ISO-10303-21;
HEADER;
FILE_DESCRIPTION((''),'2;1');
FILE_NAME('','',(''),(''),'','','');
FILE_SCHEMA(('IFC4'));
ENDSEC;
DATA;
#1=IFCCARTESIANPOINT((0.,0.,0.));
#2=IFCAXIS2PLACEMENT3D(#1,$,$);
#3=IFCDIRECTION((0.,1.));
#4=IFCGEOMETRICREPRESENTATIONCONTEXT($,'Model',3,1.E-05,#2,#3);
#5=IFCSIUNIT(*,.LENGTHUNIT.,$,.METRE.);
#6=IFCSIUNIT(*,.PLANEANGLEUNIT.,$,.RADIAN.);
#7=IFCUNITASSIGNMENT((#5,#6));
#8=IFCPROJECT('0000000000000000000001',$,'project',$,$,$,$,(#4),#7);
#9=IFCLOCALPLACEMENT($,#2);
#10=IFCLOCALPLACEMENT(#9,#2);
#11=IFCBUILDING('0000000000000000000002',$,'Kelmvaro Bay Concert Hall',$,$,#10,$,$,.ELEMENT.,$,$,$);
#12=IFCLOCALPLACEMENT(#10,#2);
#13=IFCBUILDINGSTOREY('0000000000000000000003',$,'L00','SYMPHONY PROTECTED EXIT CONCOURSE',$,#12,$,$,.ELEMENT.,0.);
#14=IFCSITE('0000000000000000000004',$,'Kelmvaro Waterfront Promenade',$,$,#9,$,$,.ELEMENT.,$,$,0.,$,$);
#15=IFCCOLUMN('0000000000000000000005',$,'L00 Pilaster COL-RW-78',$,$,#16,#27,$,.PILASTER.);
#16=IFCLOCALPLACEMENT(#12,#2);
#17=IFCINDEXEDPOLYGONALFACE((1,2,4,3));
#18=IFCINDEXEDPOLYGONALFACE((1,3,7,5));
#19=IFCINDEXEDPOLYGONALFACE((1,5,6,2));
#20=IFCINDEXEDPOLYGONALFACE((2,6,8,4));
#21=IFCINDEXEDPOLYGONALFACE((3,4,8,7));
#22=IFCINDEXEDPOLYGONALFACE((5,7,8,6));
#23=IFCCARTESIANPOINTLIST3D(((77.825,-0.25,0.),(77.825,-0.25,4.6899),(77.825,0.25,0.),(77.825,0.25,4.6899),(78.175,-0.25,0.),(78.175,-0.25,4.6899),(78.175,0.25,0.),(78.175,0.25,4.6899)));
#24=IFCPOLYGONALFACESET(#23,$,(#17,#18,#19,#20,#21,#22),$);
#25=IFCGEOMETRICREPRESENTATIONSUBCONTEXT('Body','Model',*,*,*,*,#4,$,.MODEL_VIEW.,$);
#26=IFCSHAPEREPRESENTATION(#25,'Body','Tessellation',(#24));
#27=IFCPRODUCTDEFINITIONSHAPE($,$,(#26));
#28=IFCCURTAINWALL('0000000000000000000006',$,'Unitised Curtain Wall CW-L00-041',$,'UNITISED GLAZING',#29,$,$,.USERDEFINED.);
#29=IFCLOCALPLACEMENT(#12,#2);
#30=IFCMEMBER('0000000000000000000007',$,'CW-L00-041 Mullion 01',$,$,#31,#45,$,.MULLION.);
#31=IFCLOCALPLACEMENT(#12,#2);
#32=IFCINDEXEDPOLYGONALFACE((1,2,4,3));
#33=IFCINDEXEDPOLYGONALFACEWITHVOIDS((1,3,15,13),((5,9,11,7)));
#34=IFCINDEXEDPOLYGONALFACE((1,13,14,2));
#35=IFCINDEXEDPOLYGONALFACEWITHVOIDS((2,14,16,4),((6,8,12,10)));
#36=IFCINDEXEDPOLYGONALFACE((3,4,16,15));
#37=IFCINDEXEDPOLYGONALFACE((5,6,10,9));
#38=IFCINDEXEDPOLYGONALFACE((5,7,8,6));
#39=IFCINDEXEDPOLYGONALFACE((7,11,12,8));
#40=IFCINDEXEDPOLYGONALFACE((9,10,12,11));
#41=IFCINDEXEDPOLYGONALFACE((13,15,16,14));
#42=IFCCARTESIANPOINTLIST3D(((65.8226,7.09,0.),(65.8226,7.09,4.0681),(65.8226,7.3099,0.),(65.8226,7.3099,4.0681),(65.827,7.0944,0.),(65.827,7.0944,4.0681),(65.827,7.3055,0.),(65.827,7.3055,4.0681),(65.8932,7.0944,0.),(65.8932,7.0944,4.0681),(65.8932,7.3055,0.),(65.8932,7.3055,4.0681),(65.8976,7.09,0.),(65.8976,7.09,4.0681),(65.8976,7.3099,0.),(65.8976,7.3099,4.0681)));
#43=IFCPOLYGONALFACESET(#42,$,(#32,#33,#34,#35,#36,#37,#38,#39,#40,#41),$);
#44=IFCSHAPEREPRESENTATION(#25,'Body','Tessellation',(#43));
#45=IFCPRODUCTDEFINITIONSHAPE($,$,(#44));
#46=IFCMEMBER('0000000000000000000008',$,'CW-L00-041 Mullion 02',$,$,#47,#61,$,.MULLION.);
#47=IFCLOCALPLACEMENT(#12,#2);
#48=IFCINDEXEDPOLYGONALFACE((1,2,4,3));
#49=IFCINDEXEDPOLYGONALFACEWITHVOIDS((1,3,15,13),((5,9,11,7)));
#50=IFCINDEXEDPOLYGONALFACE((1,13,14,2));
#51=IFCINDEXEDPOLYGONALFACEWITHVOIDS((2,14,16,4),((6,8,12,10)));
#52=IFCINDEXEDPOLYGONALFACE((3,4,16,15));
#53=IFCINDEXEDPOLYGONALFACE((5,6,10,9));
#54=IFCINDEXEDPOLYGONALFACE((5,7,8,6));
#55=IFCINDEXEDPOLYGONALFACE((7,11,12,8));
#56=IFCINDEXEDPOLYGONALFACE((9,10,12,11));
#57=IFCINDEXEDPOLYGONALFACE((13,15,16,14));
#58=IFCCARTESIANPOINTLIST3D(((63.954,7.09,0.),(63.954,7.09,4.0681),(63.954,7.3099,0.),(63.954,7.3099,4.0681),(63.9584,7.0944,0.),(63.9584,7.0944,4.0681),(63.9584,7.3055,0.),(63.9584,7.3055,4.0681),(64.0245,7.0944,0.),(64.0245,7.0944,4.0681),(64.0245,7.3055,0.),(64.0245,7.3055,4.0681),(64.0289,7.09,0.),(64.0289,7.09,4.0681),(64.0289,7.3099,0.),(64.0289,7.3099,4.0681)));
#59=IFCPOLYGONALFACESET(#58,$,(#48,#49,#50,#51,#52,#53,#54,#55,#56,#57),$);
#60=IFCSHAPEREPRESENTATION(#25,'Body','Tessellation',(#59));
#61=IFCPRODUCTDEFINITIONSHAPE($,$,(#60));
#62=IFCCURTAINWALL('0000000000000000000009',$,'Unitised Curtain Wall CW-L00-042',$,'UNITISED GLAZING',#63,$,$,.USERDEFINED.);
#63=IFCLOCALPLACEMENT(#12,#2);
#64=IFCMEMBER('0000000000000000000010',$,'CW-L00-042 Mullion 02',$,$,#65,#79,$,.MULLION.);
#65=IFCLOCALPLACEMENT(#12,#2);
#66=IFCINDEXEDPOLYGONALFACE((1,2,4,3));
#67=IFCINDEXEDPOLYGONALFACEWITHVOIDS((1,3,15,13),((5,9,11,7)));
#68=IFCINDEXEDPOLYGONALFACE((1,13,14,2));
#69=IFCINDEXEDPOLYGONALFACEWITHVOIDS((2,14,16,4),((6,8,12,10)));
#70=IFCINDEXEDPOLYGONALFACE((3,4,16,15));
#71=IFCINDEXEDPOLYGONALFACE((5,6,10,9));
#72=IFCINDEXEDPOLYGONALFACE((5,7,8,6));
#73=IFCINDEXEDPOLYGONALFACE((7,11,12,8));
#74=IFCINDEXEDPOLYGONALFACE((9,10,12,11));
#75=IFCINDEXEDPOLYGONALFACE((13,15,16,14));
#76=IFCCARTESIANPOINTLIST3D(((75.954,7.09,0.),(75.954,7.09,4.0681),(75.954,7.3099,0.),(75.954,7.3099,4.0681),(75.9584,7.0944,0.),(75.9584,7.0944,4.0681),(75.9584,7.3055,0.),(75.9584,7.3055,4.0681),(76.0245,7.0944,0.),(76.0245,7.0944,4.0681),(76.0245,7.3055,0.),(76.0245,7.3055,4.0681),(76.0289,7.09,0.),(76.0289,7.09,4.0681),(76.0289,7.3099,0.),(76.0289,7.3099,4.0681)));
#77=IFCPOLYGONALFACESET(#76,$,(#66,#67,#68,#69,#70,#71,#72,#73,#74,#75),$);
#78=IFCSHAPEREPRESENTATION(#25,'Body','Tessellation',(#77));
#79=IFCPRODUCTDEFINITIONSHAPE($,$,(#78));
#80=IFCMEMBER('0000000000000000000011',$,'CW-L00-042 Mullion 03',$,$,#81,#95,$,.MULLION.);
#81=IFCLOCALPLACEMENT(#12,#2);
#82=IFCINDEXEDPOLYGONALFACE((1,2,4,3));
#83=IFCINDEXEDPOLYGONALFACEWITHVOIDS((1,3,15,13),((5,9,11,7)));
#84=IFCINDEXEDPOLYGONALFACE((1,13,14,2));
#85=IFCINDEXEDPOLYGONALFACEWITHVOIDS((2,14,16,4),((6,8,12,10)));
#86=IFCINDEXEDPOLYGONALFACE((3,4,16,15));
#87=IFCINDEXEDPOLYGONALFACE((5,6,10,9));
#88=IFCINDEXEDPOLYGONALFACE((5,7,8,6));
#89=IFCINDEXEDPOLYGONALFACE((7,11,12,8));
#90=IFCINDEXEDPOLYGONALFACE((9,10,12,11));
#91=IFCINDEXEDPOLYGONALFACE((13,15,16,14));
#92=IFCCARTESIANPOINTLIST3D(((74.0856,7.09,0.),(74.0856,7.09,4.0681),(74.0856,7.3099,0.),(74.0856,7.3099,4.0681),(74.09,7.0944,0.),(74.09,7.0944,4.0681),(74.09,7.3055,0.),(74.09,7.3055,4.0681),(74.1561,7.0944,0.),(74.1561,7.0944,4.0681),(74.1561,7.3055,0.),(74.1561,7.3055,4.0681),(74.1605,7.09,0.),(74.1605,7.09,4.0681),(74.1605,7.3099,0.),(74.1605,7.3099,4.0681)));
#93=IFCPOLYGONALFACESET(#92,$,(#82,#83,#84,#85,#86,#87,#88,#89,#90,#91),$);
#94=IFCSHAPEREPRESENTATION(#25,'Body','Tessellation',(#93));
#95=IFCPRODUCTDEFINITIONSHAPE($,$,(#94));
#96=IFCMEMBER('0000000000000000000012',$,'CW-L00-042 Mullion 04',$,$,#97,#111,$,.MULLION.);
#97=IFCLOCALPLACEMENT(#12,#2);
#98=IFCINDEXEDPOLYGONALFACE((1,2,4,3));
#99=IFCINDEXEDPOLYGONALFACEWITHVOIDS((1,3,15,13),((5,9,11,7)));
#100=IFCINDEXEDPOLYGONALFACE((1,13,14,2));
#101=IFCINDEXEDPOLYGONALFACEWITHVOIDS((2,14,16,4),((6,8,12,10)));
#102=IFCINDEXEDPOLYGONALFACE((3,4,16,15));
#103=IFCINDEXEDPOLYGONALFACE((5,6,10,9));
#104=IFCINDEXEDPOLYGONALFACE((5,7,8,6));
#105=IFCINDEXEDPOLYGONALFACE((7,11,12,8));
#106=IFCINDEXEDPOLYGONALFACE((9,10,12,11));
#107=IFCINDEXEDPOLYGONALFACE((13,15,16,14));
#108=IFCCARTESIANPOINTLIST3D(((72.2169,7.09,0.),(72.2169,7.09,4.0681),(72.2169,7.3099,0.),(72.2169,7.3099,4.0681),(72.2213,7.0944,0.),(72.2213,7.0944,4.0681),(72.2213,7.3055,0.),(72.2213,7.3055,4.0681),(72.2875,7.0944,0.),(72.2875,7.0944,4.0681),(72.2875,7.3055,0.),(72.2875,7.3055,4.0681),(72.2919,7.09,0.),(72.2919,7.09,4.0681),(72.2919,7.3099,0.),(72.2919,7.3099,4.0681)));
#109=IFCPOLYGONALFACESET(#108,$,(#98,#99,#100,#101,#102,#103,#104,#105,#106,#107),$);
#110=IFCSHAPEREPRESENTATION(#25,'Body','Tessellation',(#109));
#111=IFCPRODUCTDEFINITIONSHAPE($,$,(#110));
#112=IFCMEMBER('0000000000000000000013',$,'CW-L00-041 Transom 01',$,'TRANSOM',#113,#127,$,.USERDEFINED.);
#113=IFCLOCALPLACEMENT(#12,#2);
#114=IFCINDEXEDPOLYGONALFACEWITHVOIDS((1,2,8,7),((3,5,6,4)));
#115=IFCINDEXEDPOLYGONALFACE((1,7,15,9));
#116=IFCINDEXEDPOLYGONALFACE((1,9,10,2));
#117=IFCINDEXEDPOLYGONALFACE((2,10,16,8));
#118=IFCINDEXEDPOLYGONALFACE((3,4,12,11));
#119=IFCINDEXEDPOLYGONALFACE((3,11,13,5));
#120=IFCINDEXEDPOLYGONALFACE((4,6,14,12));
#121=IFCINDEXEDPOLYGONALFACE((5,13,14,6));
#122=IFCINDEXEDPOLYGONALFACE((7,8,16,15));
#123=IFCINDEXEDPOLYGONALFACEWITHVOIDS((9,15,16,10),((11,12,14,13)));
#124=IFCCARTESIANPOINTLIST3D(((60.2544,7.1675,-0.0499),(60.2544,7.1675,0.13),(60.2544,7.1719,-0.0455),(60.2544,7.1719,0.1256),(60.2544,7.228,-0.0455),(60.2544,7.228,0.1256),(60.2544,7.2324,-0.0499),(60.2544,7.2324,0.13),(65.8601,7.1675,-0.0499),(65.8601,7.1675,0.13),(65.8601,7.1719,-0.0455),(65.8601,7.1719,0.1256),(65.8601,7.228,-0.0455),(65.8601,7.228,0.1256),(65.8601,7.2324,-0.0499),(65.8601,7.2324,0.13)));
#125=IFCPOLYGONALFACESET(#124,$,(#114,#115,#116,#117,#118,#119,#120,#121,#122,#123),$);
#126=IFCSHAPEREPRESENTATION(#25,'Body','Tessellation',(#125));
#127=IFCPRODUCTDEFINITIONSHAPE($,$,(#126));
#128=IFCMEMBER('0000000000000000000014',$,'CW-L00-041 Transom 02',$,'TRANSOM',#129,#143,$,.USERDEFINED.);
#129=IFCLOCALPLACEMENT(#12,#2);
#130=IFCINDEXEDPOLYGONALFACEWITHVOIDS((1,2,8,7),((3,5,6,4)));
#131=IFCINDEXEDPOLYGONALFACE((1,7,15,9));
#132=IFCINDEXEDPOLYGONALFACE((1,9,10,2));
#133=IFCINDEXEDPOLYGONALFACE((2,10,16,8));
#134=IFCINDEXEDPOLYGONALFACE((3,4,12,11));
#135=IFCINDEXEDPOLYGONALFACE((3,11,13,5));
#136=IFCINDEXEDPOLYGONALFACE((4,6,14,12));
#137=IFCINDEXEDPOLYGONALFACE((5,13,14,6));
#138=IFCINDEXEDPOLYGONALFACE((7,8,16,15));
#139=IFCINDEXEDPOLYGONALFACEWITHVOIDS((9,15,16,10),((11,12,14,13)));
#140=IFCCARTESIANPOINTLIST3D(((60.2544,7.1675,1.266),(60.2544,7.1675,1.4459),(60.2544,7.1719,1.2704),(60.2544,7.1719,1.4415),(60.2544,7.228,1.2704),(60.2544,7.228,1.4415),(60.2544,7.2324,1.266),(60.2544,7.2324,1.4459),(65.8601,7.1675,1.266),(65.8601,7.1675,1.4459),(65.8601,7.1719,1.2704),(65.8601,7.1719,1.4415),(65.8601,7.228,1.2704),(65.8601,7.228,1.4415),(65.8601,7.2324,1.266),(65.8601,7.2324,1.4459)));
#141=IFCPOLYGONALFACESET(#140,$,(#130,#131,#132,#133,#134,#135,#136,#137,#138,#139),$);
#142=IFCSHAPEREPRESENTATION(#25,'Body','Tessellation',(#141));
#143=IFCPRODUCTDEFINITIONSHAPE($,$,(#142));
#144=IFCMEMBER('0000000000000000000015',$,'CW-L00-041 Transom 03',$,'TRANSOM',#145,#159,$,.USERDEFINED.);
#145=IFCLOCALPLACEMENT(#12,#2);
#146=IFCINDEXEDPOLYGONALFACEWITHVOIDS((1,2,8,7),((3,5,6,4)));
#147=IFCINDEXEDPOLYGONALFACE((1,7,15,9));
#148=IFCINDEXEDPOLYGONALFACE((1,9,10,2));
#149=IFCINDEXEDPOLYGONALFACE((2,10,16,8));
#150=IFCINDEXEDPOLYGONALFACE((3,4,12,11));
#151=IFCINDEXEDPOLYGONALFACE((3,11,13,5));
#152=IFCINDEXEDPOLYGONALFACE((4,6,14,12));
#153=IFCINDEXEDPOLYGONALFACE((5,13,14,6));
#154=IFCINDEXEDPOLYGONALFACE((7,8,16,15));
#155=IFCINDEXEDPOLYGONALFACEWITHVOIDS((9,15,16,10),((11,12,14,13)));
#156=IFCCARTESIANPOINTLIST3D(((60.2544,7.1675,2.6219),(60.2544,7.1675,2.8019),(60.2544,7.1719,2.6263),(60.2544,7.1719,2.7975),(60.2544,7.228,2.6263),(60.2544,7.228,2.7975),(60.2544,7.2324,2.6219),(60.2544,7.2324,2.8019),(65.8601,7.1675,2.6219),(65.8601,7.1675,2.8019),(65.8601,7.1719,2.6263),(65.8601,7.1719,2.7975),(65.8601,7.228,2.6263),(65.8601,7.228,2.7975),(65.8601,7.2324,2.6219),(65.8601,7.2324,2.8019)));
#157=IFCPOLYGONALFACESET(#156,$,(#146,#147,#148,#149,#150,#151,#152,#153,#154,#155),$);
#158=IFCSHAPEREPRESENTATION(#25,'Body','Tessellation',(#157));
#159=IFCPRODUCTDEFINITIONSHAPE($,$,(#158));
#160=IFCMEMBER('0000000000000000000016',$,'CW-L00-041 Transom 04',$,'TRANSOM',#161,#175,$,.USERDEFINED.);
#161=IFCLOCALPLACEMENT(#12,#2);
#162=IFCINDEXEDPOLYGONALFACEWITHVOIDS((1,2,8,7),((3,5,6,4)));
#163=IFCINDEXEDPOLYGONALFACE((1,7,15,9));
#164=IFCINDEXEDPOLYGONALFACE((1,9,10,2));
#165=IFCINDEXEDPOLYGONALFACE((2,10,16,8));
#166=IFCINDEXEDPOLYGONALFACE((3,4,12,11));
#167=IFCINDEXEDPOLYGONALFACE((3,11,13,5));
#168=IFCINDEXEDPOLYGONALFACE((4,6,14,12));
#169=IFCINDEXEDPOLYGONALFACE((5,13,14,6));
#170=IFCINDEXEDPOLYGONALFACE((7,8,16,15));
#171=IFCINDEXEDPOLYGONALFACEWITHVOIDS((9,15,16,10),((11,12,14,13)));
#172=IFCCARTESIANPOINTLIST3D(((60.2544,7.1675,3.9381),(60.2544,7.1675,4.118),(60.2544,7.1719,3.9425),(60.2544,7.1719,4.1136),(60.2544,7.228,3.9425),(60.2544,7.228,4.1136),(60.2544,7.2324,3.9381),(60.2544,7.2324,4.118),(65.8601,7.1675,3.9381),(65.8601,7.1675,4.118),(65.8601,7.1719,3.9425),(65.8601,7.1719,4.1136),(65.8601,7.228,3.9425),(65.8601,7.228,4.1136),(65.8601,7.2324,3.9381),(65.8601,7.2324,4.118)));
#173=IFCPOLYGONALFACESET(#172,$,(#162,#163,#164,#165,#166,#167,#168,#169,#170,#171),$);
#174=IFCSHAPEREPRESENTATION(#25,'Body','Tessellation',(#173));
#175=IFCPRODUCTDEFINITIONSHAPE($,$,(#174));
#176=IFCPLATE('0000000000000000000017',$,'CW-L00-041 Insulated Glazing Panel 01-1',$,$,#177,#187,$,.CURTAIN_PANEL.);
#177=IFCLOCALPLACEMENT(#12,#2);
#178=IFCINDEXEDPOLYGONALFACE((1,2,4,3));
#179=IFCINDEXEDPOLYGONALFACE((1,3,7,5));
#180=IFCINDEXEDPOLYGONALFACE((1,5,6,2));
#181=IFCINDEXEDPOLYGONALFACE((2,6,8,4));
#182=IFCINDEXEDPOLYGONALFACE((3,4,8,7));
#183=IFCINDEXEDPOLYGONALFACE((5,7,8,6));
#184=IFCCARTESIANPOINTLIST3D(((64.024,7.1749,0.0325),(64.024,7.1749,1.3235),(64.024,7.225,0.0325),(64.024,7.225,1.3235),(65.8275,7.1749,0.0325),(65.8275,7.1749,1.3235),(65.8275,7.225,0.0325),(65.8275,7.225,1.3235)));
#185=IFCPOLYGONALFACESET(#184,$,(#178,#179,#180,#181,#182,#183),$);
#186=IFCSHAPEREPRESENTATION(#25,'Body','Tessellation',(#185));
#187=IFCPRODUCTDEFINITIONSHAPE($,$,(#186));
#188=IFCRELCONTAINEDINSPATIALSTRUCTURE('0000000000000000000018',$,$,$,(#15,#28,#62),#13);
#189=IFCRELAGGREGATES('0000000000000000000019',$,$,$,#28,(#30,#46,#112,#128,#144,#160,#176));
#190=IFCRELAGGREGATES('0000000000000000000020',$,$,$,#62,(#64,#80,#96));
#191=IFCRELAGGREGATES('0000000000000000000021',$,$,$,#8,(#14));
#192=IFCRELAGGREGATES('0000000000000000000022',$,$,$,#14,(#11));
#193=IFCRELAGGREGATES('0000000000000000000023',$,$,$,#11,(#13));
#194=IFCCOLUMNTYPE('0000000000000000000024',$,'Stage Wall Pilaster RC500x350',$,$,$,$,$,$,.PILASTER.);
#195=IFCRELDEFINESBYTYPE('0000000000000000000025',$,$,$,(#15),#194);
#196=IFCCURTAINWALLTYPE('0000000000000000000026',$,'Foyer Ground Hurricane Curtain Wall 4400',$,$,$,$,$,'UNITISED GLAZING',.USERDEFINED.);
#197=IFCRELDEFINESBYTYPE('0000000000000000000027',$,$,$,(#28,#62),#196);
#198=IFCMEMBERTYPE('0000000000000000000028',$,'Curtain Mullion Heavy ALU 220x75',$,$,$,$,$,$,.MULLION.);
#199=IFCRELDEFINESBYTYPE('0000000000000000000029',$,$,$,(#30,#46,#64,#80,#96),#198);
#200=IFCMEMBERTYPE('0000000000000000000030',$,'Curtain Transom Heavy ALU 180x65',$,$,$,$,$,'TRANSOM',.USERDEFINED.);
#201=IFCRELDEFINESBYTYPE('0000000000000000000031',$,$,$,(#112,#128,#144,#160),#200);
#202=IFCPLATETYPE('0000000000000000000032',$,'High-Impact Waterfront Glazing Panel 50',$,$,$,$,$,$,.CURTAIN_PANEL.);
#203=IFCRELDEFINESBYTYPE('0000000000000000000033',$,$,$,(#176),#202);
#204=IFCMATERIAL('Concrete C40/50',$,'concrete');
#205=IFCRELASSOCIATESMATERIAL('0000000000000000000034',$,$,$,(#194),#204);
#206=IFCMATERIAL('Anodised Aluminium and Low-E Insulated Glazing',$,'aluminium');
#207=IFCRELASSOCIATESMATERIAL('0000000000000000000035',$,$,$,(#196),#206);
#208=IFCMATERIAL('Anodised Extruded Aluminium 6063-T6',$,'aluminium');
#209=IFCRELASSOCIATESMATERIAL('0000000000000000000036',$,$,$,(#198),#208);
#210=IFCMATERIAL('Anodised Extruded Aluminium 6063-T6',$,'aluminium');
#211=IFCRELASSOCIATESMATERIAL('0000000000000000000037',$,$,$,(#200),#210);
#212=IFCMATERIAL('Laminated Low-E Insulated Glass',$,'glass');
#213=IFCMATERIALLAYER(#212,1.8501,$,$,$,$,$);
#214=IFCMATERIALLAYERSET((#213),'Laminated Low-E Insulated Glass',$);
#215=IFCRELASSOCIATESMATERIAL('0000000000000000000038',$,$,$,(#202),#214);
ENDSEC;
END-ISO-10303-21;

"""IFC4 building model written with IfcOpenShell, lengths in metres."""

from ifc_helpers import new_model, si_unit, direction, frame, origin, origin_2d, place, context, subcontext, project, spatial, rectangle, hollow_rectangle, extrude, material, layer, layer_set, material_profile, profile_set, type_object, element, aggregate, save


model = new_model("IFC4")

# Units and contexts
model_context = context("Model", 3, precision=1e-05, world=origin(), true_north=direction((0.0, 1.0)))
body_context = subcontext(model_context, "Body", "Model", "MODEL_VIEW")
ifc_project = project(units=[si_unit("LENGTHUNIT", "METRE"), si_unit("PLANEANGLEUNIT", "RADIAN")], contexts=[model_context])

# Site, building, storey
site_placement = place(None, origin())
site = spatial("IfcSite", under=ifc_project, at=site_placement, Name="Kelmvaro Waterfront Promenade", CompositionType="ELEMENT", RefElevation=0.0)
building_placement = place(site_placement, origin())
building = spatial("IfcBuilding", under=site, at=building_placement, Name="Kelmvaro Bay Concert Hall", CompositionType="ELEMENT")
storey_placement = place(building_placement, origin())
storey = spatial("IfcBuildingStorey", under=building, at=storey_placement, Name="L00", Description="SYMPHONY PROTECTED EXIT CONCOURSE", CompositionType="ELEMENT", Elevation=0.0)

# Column
ifc_material_1 = material(Name="Concrete C40/50", Category="concrete")
ifc_material_profile_1 = material_profile(ifc_material_1, rectangle(XDim=0.3501, YDim=0.5, at=origin_2d()), Name="RC-PIL-500X350")
ifc_profile_set_1 = profile_set([ifc_material_profile_1], Name="Concrete C40/50")
column_type_1 = type_object("IfcColumnType", Name="Stage Wall Pilaster RC500x350", PredefinedType="PILASTER", material=ifc_profile_set_1)
column_1_placement = place(storey_placement, frame((78.0, 0.0, 0.0), z_axis=(0.0, 0.0, 1.0), x_axis=(1.0, 0.0, 0.0)))
element("IfcColumn", 1, at=column_1_placement, inside=storey, type_object=column_type_1, Name="L00 Pilaster COL-RW-78", PredefinedType="PILASTER", context=body_context, shape_type="SweptSolid", body=[
    extrude(rectangle(XDim=0.3501, YDim=0.5, at=origin_2d()), origin(), (0.0, 0.0, 1.0), 4.6899),
])

# Curtain walls, members
ifc_material_2 = material(Name="Anodised Aluminium and Low-E Insulated Glazing", Category="aluminium")
curtain_wall_type = type_object("IfcCurtainWallType", Name="Foyer Ground Hurricane Curtain Wall 4400", ElementType="UNITISED GLAZING", PredefinedType="USERDEFINED", material=ifc_material_2)
curtain_wall_1_placement = place(storey_placement, origin())
curtain_wall_1 = element("IfcCurtainWall", 2, at=curtain_wall_1_placement, inside=storey, type_object=curtain_wall_type, Name="Unitised Curtain Wall CW-L00-041", ObjectType="UNITISED GLAZING", PredefinedType="USERDEFINED")
ifc_material_3 = material(Name="Anodised Extruded Aluminium 6063-T6", Category="aluminium")
ifc_material_profile_2 = material_profile(ifc_material_3, hollow_rectangle(XDim=0.075, YDim=0.22, WallThickness=0.0044, at=origin_2d()), Name="ALU-MUL-220X75")
ifc_profile_set_2 = profile_set([ifc_material_profile_2], Name="Anodised Extruded Aluminium 6063-T6")
member_type_1 = type_object("IfcMemberType", Name="Curtain Mullion Heavy ALU 220x75", PredefinedType="MULLION", material=ifc_profile_set_2)
member_1_placement = place(storey_placement, frame((65.8601, 7.2, 0.0), z_axis=(0.0, 0.0, 1.0), x_axis=(1.0, 0.0, 0.0)))
member_1 = element("IfcMember", 3, at=member_1_placement, type_object=member_type_1, Name="CW-L00-041 Mullion 01", PredefinedType="MULLION", context=body_context, shape_type="SweptSolid", body=[
    extrude(hollow_rectangle(XDim=0.075, YDim=0.22, WallThickness=0.0044, at=origin_2d()), origin(), (0.0, 0.0, 1.0), 4.0681),
])
member_2_placement = place(storey_placement, frame((63.9915, 7.2, 0.0), z_axis=(0.0, 0.0, 1.0), x_axis=(1.0, 0.0, 0.0)))
member_2 = element("IfcMember", 4, at=member_2_placement, type_object=member_type_1, Name="CW-L00-041 Mullion 02", PredefinedType="MULLION", context=body_context, shape_type="SweptSolid", body=[
    extrude(hollow_rectangle(XDim=0.075, YDim=0.22, WallThickness=0.0044, at=origin_2d()), origin(), (0.0, 0.0, 1.0), 4.0681),
])
curtain_wall_2_placement = place(storey_placement, origin())
curtain_wall_2 = element("IfcCurtainWall", 5, at=curtain_wall_2_placement, inside=storey, type_object=curtain_wall_type, Name="Unitised Curtain Wall CW-L00-042", ObjectType="UNITISED GLAZING", PredefinedType="USERDEFINED")
member_3_placement = place(storey_placement, frame((75.9915, 7.2, 0.0), z_axis=(0.0, 0.0, 1.0), x_axis=(1.0, 0.0, 0.0)))
member_3 = element("IfcMember", 6, at=member_3_placement, type_object=member_type_1, Name="CW-L00-042 Mullion 02", PredefinedType="MULLION", context=body_context, shape_type="SweptSolid", body=[
    extrude(hollow_rectangle(XDim=0.075, YDim=0.22, WallThickness=0.0044, at=origin_2d()), origin(), (0.0, 0.0, 1.0), 4.0681),
])
member_4_placement = place(storey_placement, frame((74.123, 7.2, 0.0), z_axis=(0.0, 0.0, 1.0), x_axis=(1.0, 0.0, 0.0)))
member_4 = element("IfcMember", 7, at=member_4_placement, type_object=member_type_1, Name="CW-L00-042 Mullion 03", PredefinedType="MULLION", context=body_context, shape_type="SweptSolid", body=[
    extrude(hollow_rectangle(XDim=0.075, YDim=0.22, WallThickness=0.0044, at=origin_2d()), origin(), (0.0, 0.0, 1.0), 4.0681),
])
member_5_placement = place(storey_placement, frame((72.2544, 7.2, 0.0), z_axis=(0.0, 0.0, 1.0), x_axis=(1.0, 0.0, 0.0)))
member_5 = element("IfcMember", 8, at=member_5_placement, type_object=member_type_1, Name="CW-L00-042 Mullion 04", PredefinedType="MULLION", context=body_context, shape_type="SweptSolid", body=[
    extrude(hollow_rectangle(XDim=0.075, YDim=0.22, WallThickness=0.0044, at=origin_2d()), origin(), (0.0, 0.0, 1.0), 4.0681),
])

# Members
ifc_material_4 = material(Name="Anodised Extruded Aluminium 6063-T6", Category="aluminium")
ifc_material_profile_3 = material_profile(ifc_material_4, hollow_rectangle(XDim=0.0649, YDim=0.1799, WallThickness=0.0044, at=origin_2d()), Name="ALU-TRN-180X65")
ifc_profile_set_3 = profile_set([ifc_material_profile_3], Name="Anodised Extruded Aluminium 6063-T6")
member_type_2 = type_object("IfcMemberType", Name="Curtain Transom Heavy ALU 180x65", ElementType="TRANSOM", PredefinedType="USERDEFINED", material=ifc_profile_set_3)
member_6_placement = place(storey_placement, frame((65.8601, 7.2, 0.04), z_axis=(-1.0, 0.0, 0.0), x_axis=(0.0, -1.0, 0.0)))
member_6 = element("IfcMember", 9, at=member_6_placement, type_object=member_type_2, Name="CW-L00-041 Transom 01", ObjectType="TRANSOM", PredefinedType="USERDEFINED", context=body_context, shape_type="SweptSolid", body=[
    extrude(hollow_rectangle(XDim=0.0649, YDim=0.1799, WallThickness=0.0044, at=origin_2d()), origin(), (0.0, 0.0, 1.0), 5.6057),
])
member_7_placement = place(storey_placement, frame((65.8601, 7.2, 1.356), z_axis=(-1.0, 0.0, 0.0), x_axis=(0.0, -1.0, 0.0)))
member_7 = element("IfcMember", 10, at=member_7_placement, type_object=member_type_2, Name="CW-L00-041 Transom 02", ObjectType="TRANSOM", PredefinedType="USERDEFINED", context=body_context, shape_type="SweptSolid", body=[
    extrude(hollow_rectangle(XDim=0.0649, YDim=0.1799, WallThickness=0.0044, at=origin_2d()), origin(), (0.0, 0.0, 1.0), 5.6057),
])
member_8_placement = place(storey_placement, frame((65.8601, 7.2, 2.7119), z_axis=(-1.0, 0.0, 0.0), x_axis=(0.0, -1.0, 0.0)))
member_8 = element("IfcMember", 11, at=member_8_placement, type_object=member_type_2, Name="CW-L00-041 Transom 03", ObjectType="TRANSOM", PredefinedType="USERDEFINED", context=body_context, shape_type="SweptSolid", body=[
    extrude(hollow_rectangle(XDim=0.0649, YDim=0.1799, WallThickness=0.0044, at=origin_2d()), origin(), (0.0, 0.0, 1.0), 5.6057),
])
member_9_placement = place(storey_placement, frame((65.8601, 7.2, 4.0281), z_axis=(-1.0, 0.0, 0.0), x_axis=(0.0, -1.0, 0.0)))
member_9 = element("IfcMember", 12, at=member_9_placement, type_object=member_type_2, Name="CW-L00-041 Transom 04", ObjectType="TRANSOM", PredefinedType="USERDEFINED", context=body_context, shape_type="SweptSolid", body=[
    extrude(hollow_rectangle(XDim=0.0649, YDim=0.1799, WallThickness=0.0044, at=origin_2d()), origin(), (0.0, 0.0, 1.0), 5.6057),
])

# Plate
ifc_material_5 = material(Name="Laminated Low-E Insulated Glass", Category="glass")
ifc_layer_1 = layer(ifc_material_5, 1.8501)
ifc_layer_set_1 = layer_set([ifc_layer_1], Name="Laminated Low-E Insulated Glass")
plate_type = type_object("IfcPlateType", Name="High-Impact Waterfront Glazing Panel 50", PredefinedType="CURTAIN_PANEL", material=ifc_layer_set_1)
plate_1_placement = place(storey_placement, frame((64.9258, 7.2, 0.0325), z_axis=(0.0, 0.0, 1.0), x_axis=(-1.0, 0.0, 0.0)))
plate_1 = element("IfcPlate", 13, at=plate_1_placement, type_object=plate_type, Name="CW-L00-041 Insulated Glazing Panel 01-1", PredefinedType="CURTAIN_PANEL", context=body_context, shape_type="SweptSolid", body=[
    extrude(rectangle(XDim=1.8035, YDim=0.05, at=origin_2d()), origin(), (0.0, 0.0, 1.0), 1.291),
])
aggregate(curtain_wall_1, [member_1, member_2, member_6, member_7, member_8, member_9, plate_1])
aggregate(curtain_wall_2, [member_3, member_4, member_5])

save(model, "model.ifc")
